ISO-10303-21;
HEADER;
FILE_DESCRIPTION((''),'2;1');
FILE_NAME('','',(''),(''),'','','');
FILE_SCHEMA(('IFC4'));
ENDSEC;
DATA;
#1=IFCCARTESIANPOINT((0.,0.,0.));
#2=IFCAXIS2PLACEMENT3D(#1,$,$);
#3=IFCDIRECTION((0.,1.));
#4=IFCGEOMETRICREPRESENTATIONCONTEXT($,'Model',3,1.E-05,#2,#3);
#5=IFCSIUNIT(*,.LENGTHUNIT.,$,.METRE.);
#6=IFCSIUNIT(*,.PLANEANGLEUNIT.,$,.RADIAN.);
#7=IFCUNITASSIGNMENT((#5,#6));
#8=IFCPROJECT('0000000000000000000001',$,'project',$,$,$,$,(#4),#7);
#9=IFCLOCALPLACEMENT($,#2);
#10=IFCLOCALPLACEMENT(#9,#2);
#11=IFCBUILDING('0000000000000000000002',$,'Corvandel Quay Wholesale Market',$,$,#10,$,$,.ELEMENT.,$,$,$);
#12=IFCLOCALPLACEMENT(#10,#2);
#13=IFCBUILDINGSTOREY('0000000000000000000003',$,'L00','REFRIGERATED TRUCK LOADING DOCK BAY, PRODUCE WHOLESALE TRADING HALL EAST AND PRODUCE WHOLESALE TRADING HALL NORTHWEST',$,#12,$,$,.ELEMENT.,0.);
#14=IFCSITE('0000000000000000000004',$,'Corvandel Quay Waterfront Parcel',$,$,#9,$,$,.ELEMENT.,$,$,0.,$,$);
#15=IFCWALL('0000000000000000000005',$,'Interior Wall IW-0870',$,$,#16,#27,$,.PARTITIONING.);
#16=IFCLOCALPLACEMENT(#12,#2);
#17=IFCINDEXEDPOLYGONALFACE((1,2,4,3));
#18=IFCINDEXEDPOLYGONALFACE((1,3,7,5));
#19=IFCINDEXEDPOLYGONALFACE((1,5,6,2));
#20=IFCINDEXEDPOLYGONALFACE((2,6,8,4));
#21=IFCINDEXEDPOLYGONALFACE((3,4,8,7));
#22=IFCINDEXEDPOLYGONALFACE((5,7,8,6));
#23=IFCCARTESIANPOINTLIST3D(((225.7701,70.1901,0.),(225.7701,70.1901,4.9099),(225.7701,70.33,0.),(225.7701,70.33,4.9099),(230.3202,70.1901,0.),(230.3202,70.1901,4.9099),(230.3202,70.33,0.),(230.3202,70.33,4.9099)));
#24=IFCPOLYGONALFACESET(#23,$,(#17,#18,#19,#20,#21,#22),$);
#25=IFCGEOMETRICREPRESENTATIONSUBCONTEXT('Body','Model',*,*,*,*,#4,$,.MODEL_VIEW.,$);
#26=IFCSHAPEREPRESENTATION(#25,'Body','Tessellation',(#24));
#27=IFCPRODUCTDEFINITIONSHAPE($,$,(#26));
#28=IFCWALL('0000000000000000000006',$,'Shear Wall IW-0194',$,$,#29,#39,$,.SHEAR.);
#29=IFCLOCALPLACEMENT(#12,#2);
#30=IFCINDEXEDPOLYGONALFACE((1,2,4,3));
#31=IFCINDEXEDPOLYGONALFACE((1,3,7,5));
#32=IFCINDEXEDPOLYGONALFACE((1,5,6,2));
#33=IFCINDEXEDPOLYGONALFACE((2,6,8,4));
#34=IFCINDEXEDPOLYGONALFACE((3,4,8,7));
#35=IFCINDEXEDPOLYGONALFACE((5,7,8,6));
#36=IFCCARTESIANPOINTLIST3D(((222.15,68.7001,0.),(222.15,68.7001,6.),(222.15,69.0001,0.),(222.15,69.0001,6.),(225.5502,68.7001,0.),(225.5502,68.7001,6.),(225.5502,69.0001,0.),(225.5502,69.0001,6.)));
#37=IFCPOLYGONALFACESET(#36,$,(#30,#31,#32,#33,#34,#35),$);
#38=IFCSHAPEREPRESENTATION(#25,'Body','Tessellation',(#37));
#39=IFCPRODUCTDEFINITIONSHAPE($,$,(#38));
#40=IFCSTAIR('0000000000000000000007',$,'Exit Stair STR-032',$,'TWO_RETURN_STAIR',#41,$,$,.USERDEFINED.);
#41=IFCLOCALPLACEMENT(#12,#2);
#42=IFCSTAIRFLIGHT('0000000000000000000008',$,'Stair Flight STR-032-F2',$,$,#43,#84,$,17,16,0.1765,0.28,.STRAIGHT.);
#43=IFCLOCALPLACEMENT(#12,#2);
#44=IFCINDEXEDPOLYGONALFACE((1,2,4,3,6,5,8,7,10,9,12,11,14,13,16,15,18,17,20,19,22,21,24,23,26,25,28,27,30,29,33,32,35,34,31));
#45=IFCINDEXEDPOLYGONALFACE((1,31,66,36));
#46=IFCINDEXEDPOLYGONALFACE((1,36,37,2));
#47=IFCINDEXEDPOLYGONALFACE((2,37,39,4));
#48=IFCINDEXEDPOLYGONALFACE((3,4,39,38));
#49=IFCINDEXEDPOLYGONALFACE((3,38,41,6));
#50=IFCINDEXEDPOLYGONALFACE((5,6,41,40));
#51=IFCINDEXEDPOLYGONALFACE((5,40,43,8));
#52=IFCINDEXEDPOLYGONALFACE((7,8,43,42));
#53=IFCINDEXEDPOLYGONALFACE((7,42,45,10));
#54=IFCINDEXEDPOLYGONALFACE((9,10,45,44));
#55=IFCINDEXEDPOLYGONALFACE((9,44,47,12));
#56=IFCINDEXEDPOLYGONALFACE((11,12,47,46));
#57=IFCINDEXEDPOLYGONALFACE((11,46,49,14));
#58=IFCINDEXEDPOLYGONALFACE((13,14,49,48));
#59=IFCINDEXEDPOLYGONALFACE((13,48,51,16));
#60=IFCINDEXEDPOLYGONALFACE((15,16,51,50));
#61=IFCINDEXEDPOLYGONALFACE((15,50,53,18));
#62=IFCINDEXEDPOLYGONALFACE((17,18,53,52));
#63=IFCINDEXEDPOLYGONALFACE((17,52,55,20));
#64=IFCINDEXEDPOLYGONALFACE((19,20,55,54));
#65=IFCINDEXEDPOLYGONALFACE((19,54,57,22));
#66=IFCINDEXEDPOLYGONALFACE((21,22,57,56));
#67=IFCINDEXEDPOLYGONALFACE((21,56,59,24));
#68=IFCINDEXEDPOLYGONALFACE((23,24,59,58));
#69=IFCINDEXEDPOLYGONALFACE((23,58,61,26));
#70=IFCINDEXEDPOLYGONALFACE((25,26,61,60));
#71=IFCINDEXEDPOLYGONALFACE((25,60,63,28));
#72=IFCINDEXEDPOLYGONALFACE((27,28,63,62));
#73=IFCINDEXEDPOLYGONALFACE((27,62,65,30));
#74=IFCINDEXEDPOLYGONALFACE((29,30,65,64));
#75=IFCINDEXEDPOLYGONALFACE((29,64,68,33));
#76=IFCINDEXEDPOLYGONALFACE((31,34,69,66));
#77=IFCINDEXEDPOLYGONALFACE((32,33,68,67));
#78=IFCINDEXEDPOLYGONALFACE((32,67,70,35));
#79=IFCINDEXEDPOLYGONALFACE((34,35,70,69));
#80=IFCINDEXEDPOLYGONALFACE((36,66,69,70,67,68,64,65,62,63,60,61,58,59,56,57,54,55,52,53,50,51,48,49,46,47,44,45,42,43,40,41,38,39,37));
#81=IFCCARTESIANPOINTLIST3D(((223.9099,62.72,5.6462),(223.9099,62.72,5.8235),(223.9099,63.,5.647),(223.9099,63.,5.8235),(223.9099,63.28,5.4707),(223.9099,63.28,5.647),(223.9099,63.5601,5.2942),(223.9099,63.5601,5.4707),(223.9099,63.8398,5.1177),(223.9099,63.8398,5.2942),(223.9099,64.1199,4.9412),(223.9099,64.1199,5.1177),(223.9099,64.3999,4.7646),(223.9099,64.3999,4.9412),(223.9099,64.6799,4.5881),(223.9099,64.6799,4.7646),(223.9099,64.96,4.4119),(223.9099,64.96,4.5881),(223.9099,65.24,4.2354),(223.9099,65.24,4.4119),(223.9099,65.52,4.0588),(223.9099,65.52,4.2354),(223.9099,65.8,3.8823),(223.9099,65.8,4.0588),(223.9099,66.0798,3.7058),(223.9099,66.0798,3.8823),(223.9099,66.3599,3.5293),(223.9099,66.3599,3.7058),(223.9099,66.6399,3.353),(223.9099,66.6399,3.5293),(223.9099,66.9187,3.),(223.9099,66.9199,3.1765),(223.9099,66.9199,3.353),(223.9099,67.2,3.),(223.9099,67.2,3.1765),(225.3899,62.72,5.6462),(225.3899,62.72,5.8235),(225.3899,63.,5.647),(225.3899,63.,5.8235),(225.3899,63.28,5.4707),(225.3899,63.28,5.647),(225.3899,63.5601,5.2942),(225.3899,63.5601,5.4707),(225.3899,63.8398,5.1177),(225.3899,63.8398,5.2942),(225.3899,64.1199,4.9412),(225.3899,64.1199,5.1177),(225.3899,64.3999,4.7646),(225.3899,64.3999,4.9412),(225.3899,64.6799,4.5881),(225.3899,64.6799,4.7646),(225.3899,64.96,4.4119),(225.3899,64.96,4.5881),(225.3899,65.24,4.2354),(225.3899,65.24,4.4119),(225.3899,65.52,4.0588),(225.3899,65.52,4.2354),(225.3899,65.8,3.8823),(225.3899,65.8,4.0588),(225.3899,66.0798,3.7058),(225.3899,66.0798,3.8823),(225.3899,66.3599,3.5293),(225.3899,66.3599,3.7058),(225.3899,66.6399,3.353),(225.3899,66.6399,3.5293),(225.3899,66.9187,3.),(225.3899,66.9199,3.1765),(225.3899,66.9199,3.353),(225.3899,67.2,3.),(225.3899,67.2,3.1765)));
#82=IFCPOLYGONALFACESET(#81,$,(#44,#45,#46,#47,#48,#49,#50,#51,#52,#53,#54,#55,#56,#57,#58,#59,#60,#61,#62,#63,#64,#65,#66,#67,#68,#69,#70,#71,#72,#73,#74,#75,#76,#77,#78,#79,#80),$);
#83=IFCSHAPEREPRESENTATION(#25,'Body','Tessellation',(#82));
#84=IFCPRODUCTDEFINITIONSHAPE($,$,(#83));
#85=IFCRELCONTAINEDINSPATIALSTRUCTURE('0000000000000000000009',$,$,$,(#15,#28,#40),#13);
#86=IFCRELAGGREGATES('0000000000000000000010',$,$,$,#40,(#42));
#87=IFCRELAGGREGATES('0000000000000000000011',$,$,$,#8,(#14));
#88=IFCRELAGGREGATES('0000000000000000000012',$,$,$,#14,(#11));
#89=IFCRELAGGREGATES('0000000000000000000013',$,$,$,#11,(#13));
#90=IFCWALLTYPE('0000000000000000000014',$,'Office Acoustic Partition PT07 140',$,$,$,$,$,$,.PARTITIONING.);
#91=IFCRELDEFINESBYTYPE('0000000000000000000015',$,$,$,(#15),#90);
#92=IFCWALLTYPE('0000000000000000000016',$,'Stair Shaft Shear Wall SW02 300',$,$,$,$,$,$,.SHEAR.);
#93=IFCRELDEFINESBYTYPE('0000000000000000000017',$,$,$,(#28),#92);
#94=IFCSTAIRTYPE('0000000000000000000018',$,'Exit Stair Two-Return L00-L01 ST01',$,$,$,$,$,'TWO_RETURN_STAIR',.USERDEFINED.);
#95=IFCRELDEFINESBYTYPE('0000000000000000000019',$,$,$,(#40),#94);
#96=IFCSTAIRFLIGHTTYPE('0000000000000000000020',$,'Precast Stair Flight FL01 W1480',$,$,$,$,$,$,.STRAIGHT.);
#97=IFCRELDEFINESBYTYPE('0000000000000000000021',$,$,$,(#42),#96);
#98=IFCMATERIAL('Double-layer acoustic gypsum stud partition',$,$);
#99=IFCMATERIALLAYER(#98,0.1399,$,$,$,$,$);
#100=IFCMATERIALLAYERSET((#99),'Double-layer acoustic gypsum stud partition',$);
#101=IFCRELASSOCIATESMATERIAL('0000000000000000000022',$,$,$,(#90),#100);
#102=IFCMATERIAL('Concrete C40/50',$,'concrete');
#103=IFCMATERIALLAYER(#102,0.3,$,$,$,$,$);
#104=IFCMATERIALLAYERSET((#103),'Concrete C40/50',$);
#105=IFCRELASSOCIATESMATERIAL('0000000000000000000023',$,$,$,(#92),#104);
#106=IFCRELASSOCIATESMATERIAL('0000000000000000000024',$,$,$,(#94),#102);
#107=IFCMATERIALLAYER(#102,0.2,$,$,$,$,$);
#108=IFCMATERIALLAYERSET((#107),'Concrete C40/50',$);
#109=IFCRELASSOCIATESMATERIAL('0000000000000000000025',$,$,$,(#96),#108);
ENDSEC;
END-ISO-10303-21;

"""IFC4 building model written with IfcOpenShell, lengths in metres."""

from ifc_helpers import new_model, si_unit, direction, frame, frame_2d, origin, place, context, subcontext, project, spatial, polyline, rectangle, outline, extrude, material, layer, layer_set, type_object, element, aggregate, save


model = new_model("IFC4")

# Units and contexts
model_context = context("Model", 3, precision=1e-05, world=origin(), true_north=direction((0.0, 1.0)))
body_context = subcontext(model_context, "Body", "Model", "MODEL_VIEW")
ifc_project = project(units=[si_unit("LENGTHUNIT", "METRE"), si_unit("PLANEANGLEUNIT", "RADIAN")], contexts=[model_context])

# Site, building, storey
site_placement = place(None, origin())
site = spatial("IfcSite", under=ifc_project, at=site_placement, Name="Corvandel Quay Waterfront Parcel", CompositionType="ELEMENT", RefElevation=0.0)
building_placement = place(site_placement, origin())
building = spatial("IfcBuilding", under=site, at=building_placement, Name="Corvandel Quay Wholesale Market", CompositionType="ELEMENT")
storey_placement = place(building_placement, origin())
storey = spatial("IfcBuildingStorey", under=building, at=storey_placement, Name="L00", Description="REFRIGERATED TRUCK LOADING DOCK BAY, PRODUCE WHOLESALE TRADING HALL EAST AND PRODUCE WHOLESALE TRADING HALL NORTHWEST", CompositionType="ELEMENT", Elevation=0.0)

# Shared definitions
ifc_material_1 = material(Name="Concrete C40/50", Category="concrete")

# Shared definitions
ifc_material_2 = material(Name="Double-layer acoustic gypsum stud partition")
ifc_layer_1 = layer(ifc_material_2, 0.1399)
ifc_layer_set_1 = layer_set([ifc_layer_1], Name="Double-layer acoustic gypsum stud partition")
wall_type_1 = type_object("IfcWallType", Name="Office Acoustic Partition PT07 140", PredefinedType="PARTITIONING", material=ifc_layer_set_1)

# Walls
wall_1_placement = place(storey_placement, frame((230.3201, 70.26, 0.0), z_axis=(0.0, 0.0, 1.0), x_axis=(-1.0, 0.0, 0.0)))
element("IfcWall", 1, at=wall_1_placement, inside=storey, type_object=wall_type_1, Name="Interior Wall IW-0870", PredefinedType="PARTITIONING", context=body_context, shape_type="SweptSolid", body=[
    extrude(rectangle(XDim=4.55, YDim=0.1399, at=frame_2d((2.2749, 0.0))), origin(), (0.0, 0.0, 1.0), 4.9099),
])
ifc_layer_2 = layer(ifc_material_1, 0.3)
ifc_layer_set_2 = layer_set([ifc_layer_2], Name="Concrete C40/50")
wall_type_2 = type_object("IfcWallType", Name="Stair Shaft Shear Wall SW02 300", PredefinedType="SHEAR", material=ifc_layer_set_2)
wall_2_placement = place(storey_placement, frame((222.1499, 68.8501, 0.0), z_axis=(0.0, 0.0, 1.0), x_axis=(1.0, 0.0, 0.0)))
element("IfcWall", 2, at=wall_2_placement, inside=storey, type_object=wall_type_2, Name="Shear Wall IW-0194", PredefinedType="SHEAR", context=body_context, shape_type="SweptSolid", body=[
    extrude(rectangle(XDim=3.4001, YDim=0.3, at=frame_2d((1.7002, 0.0))), origin(), (0.0, 0.0, 1.0), 6.0),
])

# Stair, stair flight
stair_type = type_object("IfcStairType", Name="Exit Stair Two-Return L00-L01 ST01", ElementType="TWO_RETURN_STAIR", PredefinedType="USERDEFINED", material=ifc_material_1)
stair_placement = place(storey_placement, origin())
stair = element("IfcStair", 3, at=stair_placement, inside=storey, type_object=stair_type, Name="Exit Stair STR-032", ObjectType="TWO_RETURN_STAIR", PredefinedType="USERDEFINED")
ifc_layer_3 = layer(ifc_material_1, 0.2)
ifc_layer_set_3 = layer_set([ifc_layer_3], Name="Concrete C40/50")
stair_flight_type = type_object("IfcStairFlightType", Name="Precast Stair Flight FL01 W1480", PredefinedType="STRAIGHT", material=ifc_layer_set_3)
stair_flight_placement = place(storey_placement, frame((224.6499, 67.2, 3.0), z_axis=(0.0, 0.0, 1.0), x_axis=(0.0, -1.0, 0.0)))
stair_flight = element("IfcStairFlight", 4, at=stair_flight_placement, type_object=stair_flight_type, Name="Stair Flight STR-032-F2", NumberOfRisers=17, NumberOfTreads=16, PredefinedType="STRAIGHT", RiserHeight=0.1765, TreadLength=0.28, context=body_context, shape_type="SweptSolid", body=[
    extrude(outline(polyline([(0.0, 0.0), (0.0, 0.1765), (0.28, 0.1765), (0.28, 0.353), (0.5601, 0.353), (0.5601, 0.5293), (0.8401, 0.5293), (0.8401, 0.7058), (1.1201, 0.7058), (1.1201, 0.8823), (1.3999, 0.8823), (1.3999, 1.0588), (1.6799, 1.0588), (1.6799, 1.2354), (1.96, 1.2354), (1.96, 1.4119), (2.24, 1.4119), (2.24, 1.5881), (2.52, 1.5881), (2.52, 1.7646), (2.8, 1.7646), (2.8, 1.9412), (3.0801, 1.9412), (3.0801, 2.1177), (3.3601, 2.1177), (3.3601, 2.2942), (3.6399, 2.2942), (3.6399, 2.4707), (3.9199, 2.4707), (3.9199, 2.647), (4.2, 2.647), (4.2, 2.8235), (4.48, 2.8235), (4.48, 3.0), (4.48, 2.6462), (0.2812, 0.0), (0.0, 0.0)])), frame((0.0, 0.74, 0.0), z_axis=(0.0, -1.0, 0.0), x_axis=(1.0, 0.0, 0.0)), (0.0, 0.0, 1.0), 1.48),
])
aggregate(stair, [stair_flight])

save(model, "model.ifc")
